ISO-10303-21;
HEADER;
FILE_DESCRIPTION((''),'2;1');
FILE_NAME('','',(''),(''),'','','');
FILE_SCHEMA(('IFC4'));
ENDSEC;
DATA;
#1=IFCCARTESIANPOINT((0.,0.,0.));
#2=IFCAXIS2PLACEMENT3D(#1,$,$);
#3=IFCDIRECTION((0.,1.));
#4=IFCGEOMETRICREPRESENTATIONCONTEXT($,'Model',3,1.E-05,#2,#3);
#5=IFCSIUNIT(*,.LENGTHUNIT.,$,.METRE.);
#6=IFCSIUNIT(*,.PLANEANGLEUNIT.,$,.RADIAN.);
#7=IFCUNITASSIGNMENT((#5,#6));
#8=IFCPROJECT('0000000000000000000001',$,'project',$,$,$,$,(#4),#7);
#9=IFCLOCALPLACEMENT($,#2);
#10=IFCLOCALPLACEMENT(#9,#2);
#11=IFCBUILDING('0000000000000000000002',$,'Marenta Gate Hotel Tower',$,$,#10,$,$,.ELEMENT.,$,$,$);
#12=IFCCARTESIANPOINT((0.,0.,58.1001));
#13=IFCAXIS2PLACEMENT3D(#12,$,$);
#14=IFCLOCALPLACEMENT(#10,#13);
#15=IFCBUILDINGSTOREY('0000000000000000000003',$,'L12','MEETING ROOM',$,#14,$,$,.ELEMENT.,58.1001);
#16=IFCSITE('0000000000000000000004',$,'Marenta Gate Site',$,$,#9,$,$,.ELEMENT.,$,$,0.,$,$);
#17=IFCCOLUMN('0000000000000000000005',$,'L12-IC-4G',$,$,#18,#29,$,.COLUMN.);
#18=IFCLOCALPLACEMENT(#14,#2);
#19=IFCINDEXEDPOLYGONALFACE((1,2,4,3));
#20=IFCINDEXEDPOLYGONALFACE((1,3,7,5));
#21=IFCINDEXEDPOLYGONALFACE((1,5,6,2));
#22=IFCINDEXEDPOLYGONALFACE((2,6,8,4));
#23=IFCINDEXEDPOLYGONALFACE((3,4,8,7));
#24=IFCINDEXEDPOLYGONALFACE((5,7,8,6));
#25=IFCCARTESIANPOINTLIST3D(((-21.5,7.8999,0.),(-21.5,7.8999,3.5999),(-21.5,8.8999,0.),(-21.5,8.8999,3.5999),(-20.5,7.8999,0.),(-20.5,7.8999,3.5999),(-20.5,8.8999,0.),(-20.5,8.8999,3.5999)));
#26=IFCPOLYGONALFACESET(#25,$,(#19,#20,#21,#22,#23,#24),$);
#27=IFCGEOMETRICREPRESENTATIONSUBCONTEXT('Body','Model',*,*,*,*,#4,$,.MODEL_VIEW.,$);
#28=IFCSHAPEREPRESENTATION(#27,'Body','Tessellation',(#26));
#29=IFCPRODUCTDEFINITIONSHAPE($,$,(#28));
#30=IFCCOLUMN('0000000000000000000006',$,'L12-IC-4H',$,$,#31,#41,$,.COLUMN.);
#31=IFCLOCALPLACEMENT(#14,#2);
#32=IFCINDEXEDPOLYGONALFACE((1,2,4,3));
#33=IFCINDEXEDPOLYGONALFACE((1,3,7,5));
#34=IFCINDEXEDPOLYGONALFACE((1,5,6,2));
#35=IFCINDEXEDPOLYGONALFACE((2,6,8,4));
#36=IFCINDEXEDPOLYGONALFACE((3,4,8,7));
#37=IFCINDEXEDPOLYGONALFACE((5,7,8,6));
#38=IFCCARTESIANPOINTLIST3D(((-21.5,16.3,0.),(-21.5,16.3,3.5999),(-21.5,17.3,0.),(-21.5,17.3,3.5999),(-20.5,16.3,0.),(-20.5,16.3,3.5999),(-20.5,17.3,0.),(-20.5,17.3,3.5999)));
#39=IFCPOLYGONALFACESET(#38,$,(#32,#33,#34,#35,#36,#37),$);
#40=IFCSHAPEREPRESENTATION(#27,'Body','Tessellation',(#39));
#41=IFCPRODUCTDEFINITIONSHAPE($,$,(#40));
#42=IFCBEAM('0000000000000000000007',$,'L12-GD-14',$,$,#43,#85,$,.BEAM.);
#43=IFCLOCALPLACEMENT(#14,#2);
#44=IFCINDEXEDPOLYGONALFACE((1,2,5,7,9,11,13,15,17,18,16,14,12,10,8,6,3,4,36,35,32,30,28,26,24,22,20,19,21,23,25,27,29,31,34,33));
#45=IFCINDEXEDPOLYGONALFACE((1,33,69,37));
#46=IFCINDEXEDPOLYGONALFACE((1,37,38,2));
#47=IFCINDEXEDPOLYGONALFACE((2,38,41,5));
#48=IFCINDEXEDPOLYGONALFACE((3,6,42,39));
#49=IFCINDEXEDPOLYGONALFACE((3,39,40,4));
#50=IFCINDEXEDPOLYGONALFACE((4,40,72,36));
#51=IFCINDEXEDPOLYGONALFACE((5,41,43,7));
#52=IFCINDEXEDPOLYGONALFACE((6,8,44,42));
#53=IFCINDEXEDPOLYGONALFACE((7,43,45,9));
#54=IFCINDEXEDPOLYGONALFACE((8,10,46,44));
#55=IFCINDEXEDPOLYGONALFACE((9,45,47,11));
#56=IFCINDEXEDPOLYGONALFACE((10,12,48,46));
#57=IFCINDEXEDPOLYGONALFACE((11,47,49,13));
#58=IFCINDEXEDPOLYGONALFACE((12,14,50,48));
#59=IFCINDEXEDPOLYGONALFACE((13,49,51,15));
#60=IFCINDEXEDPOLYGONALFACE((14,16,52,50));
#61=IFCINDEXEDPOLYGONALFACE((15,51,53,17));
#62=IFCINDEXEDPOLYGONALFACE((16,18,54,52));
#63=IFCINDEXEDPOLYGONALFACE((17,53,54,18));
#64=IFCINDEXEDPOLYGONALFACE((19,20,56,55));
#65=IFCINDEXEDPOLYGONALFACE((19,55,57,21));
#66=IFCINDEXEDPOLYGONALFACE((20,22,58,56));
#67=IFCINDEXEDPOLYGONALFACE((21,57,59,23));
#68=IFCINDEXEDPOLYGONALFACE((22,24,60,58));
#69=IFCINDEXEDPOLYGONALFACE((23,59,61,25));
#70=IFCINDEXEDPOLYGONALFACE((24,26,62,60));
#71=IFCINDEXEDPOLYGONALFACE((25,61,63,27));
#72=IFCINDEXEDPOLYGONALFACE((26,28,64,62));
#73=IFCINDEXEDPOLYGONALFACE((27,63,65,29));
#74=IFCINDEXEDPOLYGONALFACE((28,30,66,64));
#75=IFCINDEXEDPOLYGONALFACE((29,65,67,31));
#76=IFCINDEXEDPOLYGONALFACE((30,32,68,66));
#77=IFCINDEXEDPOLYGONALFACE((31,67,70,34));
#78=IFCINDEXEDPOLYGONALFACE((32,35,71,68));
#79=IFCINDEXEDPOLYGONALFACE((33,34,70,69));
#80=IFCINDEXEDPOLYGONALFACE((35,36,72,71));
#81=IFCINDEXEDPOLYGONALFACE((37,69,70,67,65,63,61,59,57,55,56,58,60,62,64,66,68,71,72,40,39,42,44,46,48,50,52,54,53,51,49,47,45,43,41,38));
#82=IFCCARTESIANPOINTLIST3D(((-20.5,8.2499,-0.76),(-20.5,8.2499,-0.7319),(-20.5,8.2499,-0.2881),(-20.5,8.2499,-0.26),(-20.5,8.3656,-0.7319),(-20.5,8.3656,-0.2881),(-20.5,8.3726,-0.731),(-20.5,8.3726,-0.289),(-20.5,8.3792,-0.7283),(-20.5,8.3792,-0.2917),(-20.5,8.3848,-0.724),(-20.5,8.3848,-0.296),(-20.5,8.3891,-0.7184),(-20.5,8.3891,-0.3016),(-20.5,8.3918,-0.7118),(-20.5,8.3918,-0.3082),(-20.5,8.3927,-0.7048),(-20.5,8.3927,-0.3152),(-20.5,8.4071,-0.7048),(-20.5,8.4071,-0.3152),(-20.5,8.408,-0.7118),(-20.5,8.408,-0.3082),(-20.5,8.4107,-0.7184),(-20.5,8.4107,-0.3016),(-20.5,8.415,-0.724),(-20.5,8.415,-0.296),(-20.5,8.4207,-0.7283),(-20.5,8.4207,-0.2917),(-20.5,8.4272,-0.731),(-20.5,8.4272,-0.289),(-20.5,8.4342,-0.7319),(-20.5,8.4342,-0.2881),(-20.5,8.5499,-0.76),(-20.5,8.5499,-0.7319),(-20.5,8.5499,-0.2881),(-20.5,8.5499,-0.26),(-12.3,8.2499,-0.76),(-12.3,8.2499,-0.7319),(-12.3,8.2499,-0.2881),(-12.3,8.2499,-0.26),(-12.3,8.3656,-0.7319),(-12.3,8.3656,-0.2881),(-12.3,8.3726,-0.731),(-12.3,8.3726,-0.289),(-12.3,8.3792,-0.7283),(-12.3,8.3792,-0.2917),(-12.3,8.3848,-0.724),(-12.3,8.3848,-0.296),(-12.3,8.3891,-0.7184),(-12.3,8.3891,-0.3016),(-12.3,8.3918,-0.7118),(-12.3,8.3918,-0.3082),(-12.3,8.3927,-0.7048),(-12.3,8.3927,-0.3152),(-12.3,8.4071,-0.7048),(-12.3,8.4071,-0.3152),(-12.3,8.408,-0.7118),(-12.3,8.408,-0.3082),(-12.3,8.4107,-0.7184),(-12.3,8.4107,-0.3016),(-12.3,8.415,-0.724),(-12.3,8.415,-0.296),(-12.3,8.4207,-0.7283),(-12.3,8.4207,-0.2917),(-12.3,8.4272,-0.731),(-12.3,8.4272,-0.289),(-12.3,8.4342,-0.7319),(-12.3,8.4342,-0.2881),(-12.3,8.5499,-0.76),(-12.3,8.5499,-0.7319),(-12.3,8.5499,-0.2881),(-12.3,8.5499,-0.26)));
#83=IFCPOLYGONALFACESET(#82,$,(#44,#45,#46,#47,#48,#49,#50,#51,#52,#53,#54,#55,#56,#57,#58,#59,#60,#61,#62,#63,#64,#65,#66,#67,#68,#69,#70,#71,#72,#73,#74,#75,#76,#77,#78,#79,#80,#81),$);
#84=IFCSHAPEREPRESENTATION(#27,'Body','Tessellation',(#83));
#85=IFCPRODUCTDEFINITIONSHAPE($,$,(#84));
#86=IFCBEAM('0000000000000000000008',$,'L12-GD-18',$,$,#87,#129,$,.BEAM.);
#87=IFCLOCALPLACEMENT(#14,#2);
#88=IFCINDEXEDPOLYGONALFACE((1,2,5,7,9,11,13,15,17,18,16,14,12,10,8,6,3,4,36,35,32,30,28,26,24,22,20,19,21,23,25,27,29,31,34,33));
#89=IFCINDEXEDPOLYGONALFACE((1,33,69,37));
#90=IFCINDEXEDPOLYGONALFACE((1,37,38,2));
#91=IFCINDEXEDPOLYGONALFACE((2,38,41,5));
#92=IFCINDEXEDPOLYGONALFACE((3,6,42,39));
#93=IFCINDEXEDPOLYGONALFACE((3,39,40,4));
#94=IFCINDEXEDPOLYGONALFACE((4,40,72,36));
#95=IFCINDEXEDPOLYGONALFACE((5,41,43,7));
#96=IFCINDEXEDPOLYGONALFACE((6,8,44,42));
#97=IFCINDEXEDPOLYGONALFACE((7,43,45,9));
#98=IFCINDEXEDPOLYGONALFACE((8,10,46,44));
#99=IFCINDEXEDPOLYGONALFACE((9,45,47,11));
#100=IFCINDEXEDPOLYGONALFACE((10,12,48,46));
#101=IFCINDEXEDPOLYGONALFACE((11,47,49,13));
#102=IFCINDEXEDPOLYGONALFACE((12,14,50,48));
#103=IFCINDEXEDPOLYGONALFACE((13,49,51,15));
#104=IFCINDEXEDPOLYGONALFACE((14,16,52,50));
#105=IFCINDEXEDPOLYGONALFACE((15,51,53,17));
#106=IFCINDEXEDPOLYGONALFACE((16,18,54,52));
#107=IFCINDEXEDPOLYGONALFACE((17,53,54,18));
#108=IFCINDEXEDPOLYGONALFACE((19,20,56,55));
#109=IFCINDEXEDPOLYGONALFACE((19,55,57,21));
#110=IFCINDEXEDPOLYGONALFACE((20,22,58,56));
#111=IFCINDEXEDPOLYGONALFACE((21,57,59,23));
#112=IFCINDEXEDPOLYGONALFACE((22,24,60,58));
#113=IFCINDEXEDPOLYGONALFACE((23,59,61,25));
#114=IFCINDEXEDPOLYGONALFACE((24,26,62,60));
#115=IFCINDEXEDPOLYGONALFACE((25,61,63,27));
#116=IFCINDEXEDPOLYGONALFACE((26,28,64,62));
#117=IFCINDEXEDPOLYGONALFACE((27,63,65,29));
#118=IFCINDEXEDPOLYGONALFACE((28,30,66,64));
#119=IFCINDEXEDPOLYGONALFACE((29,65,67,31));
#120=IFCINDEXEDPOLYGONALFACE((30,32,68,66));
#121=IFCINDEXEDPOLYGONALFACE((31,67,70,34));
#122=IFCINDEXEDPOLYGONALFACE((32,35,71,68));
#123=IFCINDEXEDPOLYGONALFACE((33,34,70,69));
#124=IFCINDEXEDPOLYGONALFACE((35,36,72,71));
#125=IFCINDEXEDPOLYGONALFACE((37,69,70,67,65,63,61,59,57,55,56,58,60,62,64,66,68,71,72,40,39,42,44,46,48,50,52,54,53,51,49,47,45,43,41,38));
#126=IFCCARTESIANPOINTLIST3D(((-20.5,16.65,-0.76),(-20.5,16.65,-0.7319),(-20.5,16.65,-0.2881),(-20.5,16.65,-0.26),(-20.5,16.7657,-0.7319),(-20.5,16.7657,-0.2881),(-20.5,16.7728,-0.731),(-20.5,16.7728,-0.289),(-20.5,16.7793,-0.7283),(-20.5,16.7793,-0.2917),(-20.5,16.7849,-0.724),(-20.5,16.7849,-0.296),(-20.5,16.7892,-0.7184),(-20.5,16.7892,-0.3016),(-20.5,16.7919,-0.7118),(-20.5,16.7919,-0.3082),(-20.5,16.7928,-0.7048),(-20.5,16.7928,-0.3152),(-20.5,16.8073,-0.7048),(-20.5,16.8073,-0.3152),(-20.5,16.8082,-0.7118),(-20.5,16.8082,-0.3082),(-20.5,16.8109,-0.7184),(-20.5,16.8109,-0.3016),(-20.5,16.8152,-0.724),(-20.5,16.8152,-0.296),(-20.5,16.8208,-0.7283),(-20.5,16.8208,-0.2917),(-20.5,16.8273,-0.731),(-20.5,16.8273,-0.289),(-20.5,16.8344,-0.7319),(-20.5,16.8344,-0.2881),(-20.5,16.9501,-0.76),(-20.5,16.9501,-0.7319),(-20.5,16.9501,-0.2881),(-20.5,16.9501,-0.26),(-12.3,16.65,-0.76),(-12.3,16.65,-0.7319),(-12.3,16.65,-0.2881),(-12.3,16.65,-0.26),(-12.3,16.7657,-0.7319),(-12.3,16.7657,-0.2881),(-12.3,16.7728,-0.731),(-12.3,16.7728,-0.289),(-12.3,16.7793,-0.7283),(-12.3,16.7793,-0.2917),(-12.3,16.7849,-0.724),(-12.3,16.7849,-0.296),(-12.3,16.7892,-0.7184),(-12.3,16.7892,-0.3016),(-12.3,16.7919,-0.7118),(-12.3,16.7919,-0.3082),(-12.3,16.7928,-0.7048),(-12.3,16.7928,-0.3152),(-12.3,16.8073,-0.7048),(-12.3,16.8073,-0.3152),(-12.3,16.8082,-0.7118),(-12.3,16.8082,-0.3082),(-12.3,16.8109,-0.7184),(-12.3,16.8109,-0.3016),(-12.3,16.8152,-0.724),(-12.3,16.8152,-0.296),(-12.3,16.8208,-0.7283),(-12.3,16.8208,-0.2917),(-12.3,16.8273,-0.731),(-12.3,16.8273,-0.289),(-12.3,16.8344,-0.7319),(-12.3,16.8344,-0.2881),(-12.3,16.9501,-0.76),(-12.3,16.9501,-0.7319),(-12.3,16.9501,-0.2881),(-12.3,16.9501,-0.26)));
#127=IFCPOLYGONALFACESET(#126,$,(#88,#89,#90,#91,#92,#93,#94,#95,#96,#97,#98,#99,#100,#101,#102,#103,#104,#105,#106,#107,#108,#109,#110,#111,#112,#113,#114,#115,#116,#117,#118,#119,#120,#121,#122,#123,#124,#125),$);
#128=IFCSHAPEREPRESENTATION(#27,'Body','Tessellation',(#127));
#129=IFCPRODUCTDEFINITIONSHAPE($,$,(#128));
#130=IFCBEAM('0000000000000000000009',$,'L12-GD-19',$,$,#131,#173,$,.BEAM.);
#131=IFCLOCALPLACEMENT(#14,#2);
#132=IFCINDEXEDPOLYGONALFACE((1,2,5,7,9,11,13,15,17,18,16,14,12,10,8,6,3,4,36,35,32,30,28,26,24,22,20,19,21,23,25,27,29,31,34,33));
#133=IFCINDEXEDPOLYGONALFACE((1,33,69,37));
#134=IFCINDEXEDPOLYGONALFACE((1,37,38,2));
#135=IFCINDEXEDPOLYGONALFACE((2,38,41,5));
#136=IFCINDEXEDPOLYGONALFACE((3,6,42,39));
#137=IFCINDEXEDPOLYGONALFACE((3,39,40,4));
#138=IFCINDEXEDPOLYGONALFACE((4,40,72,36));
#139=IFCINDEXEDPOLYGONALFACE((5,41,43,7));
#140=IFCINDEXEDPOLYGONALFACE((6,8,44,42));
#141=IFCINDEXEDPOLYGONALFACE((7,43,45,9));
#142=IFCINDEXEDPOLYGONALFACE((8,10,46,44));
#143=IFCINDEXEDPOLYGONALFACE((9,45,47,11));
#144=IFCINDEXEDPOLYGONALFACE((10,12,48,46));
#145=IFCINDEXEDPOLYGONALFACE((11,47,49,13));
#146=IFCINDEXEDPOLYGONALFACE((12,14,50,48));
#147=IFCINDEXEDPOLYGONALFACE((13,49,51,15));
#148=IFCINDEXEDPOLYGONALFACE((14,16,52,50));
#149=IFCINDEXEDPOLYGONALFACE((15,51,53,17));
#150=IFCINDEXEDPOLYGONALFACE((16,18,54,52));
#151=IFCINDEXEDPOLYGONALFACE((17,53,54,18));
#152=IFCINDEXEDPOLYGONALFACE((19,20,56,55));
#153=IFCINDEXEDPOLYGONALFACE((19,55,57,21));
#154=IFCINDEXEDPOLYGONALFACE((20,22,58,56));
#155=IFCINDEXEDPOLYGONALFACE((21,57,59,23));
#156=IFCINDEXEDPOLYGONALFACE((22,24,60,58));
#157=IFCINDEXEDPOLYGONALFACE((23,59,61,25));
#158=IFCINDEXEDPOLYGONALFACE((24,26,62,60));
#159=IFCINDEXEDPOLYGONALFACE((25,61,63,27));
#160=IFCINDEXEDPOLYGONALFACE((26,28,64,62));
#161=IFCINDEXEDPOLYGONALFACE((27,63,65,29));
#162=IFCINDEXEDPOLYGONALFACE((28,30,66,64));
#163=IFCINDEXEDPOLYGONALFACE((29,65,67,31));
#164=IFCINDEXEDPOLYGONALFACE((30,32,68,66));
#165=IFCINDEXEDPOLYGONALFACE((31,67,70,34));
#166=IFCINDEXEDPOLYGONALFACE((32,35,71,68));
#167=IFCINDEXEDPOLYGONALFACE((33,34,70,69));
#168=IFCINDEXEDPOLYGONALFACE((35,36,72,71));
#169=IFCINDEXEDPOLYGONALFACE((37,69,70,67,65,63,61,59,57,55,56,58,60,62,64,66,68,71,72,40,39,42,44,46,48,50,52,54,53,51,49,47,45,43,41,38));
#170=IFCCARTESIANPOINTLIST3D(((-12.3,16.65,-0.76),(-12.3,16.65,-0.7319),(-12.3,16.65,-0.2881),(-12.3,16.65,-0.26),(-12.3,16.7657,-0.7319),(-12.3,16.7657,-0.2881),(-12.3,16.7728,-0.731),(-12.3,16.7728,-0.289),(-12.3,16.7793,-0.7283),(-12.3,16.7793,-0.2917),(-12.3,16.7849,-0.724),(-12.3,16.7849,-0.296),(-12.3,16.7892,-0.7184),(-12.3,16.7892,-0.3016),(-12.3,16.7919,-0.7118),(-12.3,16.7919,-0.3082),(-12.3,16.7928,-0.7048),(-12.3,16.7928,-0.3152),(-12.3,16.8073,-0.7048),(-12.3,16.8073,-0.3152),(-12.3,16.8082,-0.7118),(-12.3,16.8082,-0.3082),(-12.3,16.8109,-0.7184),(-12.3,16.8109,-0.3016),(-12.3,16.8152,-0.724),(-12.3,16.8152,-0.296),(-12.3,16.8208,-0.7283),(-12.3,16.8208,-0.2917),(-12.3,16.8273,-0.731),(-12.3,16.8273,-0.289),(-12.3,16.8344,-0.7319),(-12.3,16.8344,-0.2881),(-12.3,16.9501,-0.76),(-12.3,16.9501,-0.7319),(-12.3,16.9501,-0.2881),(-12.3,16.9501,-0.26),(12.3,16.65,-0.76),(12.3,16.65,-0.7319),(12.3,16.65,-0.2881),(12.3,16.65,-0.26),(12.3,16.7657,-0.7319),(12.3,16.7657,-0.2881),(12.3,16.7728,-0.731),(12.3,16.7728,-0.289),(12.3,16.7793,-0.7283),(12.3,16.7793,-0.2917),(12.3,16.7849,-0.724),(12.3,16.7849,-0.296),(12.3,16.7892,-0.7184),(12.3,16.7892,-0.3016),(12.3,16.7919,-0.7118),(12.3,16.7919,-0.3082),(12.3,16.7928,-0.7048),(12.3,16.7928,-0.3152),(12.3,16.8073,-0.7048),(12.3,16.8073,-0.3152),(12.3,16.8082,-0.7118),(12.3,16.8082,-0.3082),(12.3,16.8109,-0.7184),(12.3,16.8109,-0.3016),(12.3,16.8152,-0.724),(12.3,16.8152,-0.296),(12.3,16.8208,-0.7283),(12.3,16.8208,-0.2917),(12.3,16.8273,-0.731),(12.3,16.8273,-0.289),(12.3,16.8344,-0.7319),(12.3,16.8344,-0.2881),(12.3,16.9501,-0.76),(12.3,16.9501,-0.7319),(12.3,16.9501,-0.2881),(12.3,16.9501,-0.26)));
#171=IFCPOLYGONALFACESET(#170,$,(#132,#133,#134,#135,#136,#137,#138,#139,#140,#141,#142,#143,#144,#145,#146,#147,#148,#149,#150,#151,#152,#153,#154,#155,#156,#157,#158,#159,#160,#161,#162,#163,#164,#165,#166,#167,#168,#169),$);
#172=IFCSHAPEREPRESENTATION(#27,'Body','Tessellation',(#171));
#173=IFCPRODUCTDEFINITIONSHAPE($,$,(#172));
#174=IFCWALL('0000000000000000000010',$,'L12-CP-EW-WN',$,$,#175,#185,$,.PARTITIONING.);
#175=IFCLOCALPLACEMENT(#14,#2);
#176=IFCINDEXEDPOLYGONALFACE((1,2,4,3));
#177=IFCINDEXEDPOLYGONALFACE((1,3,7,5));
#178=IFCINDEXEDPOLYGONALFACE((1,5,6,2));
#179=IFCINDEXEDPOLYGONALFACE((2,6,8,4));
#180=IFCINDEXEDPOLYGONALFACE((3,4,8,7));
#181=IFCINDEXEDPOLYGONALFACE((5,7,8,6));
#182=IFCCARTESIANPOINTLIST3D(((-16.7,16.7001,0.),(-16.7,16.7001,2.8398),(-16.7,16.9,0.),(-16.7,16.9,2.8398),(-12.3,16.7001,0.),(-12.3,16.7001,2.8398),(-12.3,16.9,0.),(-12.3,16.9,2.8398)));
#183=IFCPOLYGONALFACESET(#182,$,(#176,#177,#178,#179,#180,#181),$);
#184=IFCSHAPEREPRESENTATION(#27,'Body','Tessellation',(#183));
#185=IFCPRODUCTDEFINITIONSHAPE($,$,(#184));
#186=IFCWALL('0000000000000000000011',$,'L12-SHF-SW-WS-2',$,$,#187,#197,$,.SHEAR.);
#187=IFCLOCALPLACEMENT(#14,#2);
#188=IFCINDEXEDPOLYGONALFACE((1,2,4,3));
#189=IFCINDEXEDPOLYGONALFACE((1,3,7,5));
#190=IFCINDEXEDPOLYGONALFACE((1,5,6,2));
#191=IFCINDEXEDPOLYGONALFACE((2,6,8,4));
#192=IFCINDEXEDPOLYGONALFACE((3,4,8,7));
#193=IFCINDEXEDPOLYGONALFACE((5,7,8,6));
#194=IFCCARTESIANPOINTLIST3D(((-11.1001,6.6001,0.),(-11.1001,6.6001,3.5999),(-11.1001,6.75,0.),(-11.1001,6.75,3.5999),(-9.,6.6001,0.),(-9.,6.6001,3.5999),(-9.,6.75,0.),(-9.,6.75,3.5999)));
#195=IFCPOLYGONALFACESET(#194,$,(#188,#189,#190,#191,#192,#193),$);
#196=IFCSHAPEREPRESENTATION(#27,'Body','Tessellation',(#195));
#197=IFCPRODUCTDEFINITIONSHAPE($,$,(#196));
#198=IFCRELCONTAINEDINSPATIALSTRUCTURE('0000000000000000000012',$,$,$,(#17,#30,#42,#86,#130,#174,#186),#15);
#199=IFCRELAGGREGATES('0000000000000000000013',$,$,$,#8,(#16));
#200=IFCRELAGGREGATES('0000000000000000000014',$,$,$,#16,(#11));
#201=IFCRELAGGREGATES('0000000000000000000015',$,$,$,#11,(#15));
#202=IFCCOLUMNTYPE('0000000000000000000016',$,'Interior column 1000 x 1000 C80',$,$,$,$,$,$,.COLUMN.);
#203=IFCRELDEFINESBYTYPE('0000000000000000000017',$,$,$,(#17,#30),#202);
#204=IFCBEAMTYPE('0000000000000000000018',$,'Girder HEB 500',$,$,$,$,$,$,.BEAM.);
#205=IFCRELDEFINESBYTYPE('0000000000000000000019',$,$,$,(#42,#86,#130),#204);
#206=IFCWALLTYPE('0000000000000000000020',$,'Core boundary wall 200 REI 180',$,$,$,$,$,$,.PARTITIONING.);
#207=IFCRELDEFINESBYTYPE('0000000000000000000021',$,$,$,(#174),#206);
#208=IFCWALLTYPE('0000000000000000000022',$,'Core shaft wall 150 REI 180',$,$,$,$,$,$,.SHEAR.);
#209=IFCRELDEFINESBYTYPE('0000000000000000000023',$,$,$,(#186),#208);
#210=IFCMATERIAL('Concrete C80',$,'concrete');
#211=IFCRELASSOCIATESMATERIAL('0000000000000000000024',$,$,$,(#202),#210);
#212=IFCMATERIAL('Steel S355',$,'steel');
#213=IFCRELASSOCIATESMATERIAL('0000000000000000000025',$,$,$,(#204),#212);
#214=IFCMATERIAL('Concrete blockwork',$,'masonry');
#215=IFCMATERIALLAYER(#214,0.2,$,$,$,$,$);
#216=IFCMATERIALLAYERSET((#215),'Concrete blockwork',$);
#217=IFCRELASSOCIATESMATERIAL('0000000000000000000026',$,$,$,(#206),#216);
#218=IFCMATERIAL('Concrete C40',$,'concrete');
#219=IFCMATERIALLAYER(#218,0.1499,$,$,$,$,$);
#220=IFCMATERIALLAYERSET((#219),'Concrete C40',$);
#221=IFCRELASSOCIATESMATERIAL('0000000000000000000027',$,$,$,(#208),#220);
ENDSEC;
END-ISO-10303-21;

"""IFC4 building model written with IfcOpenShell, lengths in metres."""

from ifc_helpers import new_model, si_unit, direction, frame, frame_2d, origin, origin_2d, place, context, subcontext, project, spatial, rectangle, i_section, extrude, material, layer, layer_set, material_profile, profile_set, type_object, element, save


model = new_model("IFC4")

# Units and contexts
model_context = context("Model", 3, precision=1e-05, world=origin(), true_north=direction((0.0, 1.0)))
body_context = subcontext(model_context, "Body", "Model", "MODEL_VIEW")
ifc_project = project(units=[si_unit("LENGTHUNIT", "METRE"), si_unit("PLANEANGLEUNIT", "RADIAN")], contexts=[model_context])

# Site, building, storey
site_placement = place(None, origin())
site = spatial("IfcSite", under=ifc_project, at=site_placement, Name="Marenta Gate Site", CompositionType="ELEMENT", RefElevation=0.0)
building_placement = place(site_placement, origin())
building = spatial("IfcBuilding", under=site, at=building_placement, Name="Marenta Gate Hotel Tower", CompositionType="ELEMENT")
storey_placement = place(building_placement, frame((0.0, 0.0, 58.1001)))
storey = spatial("IfcBuildingStorey", under=building, at=storey_placement, Name="L12", Description="MEETING ROOM", CompositionType="ELEMENT", Elevation=58.1001)

# Columns
ifc_material_1 = material(Name="Concrete C80", Category="concrete")
ifc_material_profile_1 = material_profile(ifc_material_1, rectangle(XDim=1.0, YDim=1.0, at=origin_2d()), Name="1000 x 1000")
ifc_profile_set_1 = profile_set([ifc_material_profile_1], Name="Concrete C80")
column_type = type_object("IfcColumnType", Name="Interior column 1000 x 1000 C80", PredefinedType="COLUMN", material=ifc_profile_set_1)
for number, where, z_axis, x_axis, name in (
    (1, (-21.0, 8.3999, 0.0), (0.0, 0.0, 1.0), (1.0, 0.0, 0.0), "L12-IC-4G"),
    (2, (-21.0, 16.8, 0.0), (0.0, 0.0, 1.0), (1.0, 0.0, 0.0), "L12-IC-4H"),
):
    element("IfcColumn", number, at=place(storey_placement, frame(where, z_axis=z_axis, x_axis=x_axis)), inside=storey, type_object=column_type, Name=name, PredefinedType="COLUMN", context=body_context, shape_type="SweptSolid", body=[
        extrude(rectangle(XDim=1.0, YDim=1.0, at=origin_2d()), origin(), (0.0, 0.0, 1.0), 3.5999),
    ])

# Beams
ifc_material_2 = material(Name="Steel S355", Category="steel")
ifc_material_profile_2 = material_profile(ifc_material_2, i_section(OverallWidth=0.3, OverallDepth=0.5, WebThickness=0.0144, FlangeThickness=0.0281, FilletRadius=0.0271, at=origin_2d()), Name="HEB 500")
ifc_profile_set_2 = profile_set([ifc_material_profile_2], Name="Steel S355")
beam_type = type_object("IfcBeamType", Name="Girder HEB 500", PredefinedType="BEAM", material=ifc_profile_set_2)
for number, where, z_axis, x_axis, name in (
    (3, (-20.5, 8.3999, -0.51), (1.0, 0.0, 0.0), (0.0, 1.0, 0.0), "L12-GD-14"),
    (4, (-20.5, 16.8, -0.51), (1.0, 0.0, 0.0), (0.0, 1.0, 0.0), "L12-GD-18"),
):
    element("IfcBeam", number, at=place(storey_placement, frame(where, z_axis=z_axis, x_axis=x_axis)), inside=storey, type_object=beam_type, Name=name, PredefinedType="BEAM", context=body_context, shape_type="SweptSolid", body=[
        extrude(i_section(OverallWidth=0.3, OverallDepth=0.5, WebThickness=0.0144, FlangeThickness=0.0281, FilletRadius=0.0271, at=origin_2d()), origin(), (0.0, 0.0, 1.0), 8.2),
    ])
beam_placement = place(storey_placement, frame((-12.3, 16.8, -0.51), z_axis=(1.0, 0.0, 0.0), x_axis=(0.0, 1.0, 0.0)))
element("IfcBeam", 5, at=beam_placement, inside=storey, type_object=beam_type, Name="L12-GD-19", PredefinedType="BEAM", context=body_context, shape_type="SweptSolid", body=[
    extrude(i_section(OverallWidth=0.3, OverallDepth=0.5, WebThickness=0.0144, FlangeThickness=0.0281, FilletRadius=0.0271, at=origin_2d()), origin(), (0.0, 0.0, 1.0), 24.6001),
])

# Walls
ifc_material_3 = material(Name="Concrete blockwork", Category="masonry")
ifc_layer_1 = layer(ifc_material_3, 0.2)
ifc_layer_set_1 = layer_set([ifc_layer_1], Name="Concrete blockwork")
wall_type_1 = type_object("IfcWallType", Name="Core boundary wall 200 REI 180", PredefinedType="PARTITIONING", material=ifc_layer_set_1)
wall_1_placement = place(storey_placement, frame((-16.7, 16.8, 0.0), z_axis=(0.0, 0.0, 1.0), x_axis=(1.0, 0.0, 0.0)))
element("IfcWall", 6, at=wall_1_placement, inside=storey, type_object=wall_type_1, Name="L12-CP-EW-WN", PredefinedType="PARTITIONING", context=body_context, shape_type="SweptSolid", body=[
    extrude(rectangle(XDim=4.3999, YDim=0.2, at=frame_2d((2.2, 0.0))), origin(), (0.0, 0.0, 1.0), 2.8398),
])
ifc_material_4 = material(Name="Concrete C40", Category="concrete")
ifc_layer_2 = layer(ifc_material_4, 0.1499)
ifc_layer_set_2 = layer_set([ifc_layer_2], Name="Concrete C40")
wall_type_2 = type_object("IfcWallType", Name="Core shaft wall 150 REI 180", PredefinedType="SHEAR", material=ifc_layer_set_2)
wall_2_placement = place(storey_placement, frame((-11.1001, 6.675, 0.0), z_axis=(0.0, 0.0, 1.0), x_axis=(1.0, 0.0, 0.0)))
element("IfcWall", 7, at=wall_2_placement, inside=storey, type_object=wall_type_2, Name="L12-SHF-SW-WS-2", PredefinedType="SHEAR", context=body_context, shape_type="SweptSolid", body=[
    extrude(rectangle(XDim=2.1001, YDim=0.1499, at=frame_2d((1.05, 0.0))), origin(), (0.0, 0.0, 1.0), 3.5999),
])

save(model, "model.ifc")
